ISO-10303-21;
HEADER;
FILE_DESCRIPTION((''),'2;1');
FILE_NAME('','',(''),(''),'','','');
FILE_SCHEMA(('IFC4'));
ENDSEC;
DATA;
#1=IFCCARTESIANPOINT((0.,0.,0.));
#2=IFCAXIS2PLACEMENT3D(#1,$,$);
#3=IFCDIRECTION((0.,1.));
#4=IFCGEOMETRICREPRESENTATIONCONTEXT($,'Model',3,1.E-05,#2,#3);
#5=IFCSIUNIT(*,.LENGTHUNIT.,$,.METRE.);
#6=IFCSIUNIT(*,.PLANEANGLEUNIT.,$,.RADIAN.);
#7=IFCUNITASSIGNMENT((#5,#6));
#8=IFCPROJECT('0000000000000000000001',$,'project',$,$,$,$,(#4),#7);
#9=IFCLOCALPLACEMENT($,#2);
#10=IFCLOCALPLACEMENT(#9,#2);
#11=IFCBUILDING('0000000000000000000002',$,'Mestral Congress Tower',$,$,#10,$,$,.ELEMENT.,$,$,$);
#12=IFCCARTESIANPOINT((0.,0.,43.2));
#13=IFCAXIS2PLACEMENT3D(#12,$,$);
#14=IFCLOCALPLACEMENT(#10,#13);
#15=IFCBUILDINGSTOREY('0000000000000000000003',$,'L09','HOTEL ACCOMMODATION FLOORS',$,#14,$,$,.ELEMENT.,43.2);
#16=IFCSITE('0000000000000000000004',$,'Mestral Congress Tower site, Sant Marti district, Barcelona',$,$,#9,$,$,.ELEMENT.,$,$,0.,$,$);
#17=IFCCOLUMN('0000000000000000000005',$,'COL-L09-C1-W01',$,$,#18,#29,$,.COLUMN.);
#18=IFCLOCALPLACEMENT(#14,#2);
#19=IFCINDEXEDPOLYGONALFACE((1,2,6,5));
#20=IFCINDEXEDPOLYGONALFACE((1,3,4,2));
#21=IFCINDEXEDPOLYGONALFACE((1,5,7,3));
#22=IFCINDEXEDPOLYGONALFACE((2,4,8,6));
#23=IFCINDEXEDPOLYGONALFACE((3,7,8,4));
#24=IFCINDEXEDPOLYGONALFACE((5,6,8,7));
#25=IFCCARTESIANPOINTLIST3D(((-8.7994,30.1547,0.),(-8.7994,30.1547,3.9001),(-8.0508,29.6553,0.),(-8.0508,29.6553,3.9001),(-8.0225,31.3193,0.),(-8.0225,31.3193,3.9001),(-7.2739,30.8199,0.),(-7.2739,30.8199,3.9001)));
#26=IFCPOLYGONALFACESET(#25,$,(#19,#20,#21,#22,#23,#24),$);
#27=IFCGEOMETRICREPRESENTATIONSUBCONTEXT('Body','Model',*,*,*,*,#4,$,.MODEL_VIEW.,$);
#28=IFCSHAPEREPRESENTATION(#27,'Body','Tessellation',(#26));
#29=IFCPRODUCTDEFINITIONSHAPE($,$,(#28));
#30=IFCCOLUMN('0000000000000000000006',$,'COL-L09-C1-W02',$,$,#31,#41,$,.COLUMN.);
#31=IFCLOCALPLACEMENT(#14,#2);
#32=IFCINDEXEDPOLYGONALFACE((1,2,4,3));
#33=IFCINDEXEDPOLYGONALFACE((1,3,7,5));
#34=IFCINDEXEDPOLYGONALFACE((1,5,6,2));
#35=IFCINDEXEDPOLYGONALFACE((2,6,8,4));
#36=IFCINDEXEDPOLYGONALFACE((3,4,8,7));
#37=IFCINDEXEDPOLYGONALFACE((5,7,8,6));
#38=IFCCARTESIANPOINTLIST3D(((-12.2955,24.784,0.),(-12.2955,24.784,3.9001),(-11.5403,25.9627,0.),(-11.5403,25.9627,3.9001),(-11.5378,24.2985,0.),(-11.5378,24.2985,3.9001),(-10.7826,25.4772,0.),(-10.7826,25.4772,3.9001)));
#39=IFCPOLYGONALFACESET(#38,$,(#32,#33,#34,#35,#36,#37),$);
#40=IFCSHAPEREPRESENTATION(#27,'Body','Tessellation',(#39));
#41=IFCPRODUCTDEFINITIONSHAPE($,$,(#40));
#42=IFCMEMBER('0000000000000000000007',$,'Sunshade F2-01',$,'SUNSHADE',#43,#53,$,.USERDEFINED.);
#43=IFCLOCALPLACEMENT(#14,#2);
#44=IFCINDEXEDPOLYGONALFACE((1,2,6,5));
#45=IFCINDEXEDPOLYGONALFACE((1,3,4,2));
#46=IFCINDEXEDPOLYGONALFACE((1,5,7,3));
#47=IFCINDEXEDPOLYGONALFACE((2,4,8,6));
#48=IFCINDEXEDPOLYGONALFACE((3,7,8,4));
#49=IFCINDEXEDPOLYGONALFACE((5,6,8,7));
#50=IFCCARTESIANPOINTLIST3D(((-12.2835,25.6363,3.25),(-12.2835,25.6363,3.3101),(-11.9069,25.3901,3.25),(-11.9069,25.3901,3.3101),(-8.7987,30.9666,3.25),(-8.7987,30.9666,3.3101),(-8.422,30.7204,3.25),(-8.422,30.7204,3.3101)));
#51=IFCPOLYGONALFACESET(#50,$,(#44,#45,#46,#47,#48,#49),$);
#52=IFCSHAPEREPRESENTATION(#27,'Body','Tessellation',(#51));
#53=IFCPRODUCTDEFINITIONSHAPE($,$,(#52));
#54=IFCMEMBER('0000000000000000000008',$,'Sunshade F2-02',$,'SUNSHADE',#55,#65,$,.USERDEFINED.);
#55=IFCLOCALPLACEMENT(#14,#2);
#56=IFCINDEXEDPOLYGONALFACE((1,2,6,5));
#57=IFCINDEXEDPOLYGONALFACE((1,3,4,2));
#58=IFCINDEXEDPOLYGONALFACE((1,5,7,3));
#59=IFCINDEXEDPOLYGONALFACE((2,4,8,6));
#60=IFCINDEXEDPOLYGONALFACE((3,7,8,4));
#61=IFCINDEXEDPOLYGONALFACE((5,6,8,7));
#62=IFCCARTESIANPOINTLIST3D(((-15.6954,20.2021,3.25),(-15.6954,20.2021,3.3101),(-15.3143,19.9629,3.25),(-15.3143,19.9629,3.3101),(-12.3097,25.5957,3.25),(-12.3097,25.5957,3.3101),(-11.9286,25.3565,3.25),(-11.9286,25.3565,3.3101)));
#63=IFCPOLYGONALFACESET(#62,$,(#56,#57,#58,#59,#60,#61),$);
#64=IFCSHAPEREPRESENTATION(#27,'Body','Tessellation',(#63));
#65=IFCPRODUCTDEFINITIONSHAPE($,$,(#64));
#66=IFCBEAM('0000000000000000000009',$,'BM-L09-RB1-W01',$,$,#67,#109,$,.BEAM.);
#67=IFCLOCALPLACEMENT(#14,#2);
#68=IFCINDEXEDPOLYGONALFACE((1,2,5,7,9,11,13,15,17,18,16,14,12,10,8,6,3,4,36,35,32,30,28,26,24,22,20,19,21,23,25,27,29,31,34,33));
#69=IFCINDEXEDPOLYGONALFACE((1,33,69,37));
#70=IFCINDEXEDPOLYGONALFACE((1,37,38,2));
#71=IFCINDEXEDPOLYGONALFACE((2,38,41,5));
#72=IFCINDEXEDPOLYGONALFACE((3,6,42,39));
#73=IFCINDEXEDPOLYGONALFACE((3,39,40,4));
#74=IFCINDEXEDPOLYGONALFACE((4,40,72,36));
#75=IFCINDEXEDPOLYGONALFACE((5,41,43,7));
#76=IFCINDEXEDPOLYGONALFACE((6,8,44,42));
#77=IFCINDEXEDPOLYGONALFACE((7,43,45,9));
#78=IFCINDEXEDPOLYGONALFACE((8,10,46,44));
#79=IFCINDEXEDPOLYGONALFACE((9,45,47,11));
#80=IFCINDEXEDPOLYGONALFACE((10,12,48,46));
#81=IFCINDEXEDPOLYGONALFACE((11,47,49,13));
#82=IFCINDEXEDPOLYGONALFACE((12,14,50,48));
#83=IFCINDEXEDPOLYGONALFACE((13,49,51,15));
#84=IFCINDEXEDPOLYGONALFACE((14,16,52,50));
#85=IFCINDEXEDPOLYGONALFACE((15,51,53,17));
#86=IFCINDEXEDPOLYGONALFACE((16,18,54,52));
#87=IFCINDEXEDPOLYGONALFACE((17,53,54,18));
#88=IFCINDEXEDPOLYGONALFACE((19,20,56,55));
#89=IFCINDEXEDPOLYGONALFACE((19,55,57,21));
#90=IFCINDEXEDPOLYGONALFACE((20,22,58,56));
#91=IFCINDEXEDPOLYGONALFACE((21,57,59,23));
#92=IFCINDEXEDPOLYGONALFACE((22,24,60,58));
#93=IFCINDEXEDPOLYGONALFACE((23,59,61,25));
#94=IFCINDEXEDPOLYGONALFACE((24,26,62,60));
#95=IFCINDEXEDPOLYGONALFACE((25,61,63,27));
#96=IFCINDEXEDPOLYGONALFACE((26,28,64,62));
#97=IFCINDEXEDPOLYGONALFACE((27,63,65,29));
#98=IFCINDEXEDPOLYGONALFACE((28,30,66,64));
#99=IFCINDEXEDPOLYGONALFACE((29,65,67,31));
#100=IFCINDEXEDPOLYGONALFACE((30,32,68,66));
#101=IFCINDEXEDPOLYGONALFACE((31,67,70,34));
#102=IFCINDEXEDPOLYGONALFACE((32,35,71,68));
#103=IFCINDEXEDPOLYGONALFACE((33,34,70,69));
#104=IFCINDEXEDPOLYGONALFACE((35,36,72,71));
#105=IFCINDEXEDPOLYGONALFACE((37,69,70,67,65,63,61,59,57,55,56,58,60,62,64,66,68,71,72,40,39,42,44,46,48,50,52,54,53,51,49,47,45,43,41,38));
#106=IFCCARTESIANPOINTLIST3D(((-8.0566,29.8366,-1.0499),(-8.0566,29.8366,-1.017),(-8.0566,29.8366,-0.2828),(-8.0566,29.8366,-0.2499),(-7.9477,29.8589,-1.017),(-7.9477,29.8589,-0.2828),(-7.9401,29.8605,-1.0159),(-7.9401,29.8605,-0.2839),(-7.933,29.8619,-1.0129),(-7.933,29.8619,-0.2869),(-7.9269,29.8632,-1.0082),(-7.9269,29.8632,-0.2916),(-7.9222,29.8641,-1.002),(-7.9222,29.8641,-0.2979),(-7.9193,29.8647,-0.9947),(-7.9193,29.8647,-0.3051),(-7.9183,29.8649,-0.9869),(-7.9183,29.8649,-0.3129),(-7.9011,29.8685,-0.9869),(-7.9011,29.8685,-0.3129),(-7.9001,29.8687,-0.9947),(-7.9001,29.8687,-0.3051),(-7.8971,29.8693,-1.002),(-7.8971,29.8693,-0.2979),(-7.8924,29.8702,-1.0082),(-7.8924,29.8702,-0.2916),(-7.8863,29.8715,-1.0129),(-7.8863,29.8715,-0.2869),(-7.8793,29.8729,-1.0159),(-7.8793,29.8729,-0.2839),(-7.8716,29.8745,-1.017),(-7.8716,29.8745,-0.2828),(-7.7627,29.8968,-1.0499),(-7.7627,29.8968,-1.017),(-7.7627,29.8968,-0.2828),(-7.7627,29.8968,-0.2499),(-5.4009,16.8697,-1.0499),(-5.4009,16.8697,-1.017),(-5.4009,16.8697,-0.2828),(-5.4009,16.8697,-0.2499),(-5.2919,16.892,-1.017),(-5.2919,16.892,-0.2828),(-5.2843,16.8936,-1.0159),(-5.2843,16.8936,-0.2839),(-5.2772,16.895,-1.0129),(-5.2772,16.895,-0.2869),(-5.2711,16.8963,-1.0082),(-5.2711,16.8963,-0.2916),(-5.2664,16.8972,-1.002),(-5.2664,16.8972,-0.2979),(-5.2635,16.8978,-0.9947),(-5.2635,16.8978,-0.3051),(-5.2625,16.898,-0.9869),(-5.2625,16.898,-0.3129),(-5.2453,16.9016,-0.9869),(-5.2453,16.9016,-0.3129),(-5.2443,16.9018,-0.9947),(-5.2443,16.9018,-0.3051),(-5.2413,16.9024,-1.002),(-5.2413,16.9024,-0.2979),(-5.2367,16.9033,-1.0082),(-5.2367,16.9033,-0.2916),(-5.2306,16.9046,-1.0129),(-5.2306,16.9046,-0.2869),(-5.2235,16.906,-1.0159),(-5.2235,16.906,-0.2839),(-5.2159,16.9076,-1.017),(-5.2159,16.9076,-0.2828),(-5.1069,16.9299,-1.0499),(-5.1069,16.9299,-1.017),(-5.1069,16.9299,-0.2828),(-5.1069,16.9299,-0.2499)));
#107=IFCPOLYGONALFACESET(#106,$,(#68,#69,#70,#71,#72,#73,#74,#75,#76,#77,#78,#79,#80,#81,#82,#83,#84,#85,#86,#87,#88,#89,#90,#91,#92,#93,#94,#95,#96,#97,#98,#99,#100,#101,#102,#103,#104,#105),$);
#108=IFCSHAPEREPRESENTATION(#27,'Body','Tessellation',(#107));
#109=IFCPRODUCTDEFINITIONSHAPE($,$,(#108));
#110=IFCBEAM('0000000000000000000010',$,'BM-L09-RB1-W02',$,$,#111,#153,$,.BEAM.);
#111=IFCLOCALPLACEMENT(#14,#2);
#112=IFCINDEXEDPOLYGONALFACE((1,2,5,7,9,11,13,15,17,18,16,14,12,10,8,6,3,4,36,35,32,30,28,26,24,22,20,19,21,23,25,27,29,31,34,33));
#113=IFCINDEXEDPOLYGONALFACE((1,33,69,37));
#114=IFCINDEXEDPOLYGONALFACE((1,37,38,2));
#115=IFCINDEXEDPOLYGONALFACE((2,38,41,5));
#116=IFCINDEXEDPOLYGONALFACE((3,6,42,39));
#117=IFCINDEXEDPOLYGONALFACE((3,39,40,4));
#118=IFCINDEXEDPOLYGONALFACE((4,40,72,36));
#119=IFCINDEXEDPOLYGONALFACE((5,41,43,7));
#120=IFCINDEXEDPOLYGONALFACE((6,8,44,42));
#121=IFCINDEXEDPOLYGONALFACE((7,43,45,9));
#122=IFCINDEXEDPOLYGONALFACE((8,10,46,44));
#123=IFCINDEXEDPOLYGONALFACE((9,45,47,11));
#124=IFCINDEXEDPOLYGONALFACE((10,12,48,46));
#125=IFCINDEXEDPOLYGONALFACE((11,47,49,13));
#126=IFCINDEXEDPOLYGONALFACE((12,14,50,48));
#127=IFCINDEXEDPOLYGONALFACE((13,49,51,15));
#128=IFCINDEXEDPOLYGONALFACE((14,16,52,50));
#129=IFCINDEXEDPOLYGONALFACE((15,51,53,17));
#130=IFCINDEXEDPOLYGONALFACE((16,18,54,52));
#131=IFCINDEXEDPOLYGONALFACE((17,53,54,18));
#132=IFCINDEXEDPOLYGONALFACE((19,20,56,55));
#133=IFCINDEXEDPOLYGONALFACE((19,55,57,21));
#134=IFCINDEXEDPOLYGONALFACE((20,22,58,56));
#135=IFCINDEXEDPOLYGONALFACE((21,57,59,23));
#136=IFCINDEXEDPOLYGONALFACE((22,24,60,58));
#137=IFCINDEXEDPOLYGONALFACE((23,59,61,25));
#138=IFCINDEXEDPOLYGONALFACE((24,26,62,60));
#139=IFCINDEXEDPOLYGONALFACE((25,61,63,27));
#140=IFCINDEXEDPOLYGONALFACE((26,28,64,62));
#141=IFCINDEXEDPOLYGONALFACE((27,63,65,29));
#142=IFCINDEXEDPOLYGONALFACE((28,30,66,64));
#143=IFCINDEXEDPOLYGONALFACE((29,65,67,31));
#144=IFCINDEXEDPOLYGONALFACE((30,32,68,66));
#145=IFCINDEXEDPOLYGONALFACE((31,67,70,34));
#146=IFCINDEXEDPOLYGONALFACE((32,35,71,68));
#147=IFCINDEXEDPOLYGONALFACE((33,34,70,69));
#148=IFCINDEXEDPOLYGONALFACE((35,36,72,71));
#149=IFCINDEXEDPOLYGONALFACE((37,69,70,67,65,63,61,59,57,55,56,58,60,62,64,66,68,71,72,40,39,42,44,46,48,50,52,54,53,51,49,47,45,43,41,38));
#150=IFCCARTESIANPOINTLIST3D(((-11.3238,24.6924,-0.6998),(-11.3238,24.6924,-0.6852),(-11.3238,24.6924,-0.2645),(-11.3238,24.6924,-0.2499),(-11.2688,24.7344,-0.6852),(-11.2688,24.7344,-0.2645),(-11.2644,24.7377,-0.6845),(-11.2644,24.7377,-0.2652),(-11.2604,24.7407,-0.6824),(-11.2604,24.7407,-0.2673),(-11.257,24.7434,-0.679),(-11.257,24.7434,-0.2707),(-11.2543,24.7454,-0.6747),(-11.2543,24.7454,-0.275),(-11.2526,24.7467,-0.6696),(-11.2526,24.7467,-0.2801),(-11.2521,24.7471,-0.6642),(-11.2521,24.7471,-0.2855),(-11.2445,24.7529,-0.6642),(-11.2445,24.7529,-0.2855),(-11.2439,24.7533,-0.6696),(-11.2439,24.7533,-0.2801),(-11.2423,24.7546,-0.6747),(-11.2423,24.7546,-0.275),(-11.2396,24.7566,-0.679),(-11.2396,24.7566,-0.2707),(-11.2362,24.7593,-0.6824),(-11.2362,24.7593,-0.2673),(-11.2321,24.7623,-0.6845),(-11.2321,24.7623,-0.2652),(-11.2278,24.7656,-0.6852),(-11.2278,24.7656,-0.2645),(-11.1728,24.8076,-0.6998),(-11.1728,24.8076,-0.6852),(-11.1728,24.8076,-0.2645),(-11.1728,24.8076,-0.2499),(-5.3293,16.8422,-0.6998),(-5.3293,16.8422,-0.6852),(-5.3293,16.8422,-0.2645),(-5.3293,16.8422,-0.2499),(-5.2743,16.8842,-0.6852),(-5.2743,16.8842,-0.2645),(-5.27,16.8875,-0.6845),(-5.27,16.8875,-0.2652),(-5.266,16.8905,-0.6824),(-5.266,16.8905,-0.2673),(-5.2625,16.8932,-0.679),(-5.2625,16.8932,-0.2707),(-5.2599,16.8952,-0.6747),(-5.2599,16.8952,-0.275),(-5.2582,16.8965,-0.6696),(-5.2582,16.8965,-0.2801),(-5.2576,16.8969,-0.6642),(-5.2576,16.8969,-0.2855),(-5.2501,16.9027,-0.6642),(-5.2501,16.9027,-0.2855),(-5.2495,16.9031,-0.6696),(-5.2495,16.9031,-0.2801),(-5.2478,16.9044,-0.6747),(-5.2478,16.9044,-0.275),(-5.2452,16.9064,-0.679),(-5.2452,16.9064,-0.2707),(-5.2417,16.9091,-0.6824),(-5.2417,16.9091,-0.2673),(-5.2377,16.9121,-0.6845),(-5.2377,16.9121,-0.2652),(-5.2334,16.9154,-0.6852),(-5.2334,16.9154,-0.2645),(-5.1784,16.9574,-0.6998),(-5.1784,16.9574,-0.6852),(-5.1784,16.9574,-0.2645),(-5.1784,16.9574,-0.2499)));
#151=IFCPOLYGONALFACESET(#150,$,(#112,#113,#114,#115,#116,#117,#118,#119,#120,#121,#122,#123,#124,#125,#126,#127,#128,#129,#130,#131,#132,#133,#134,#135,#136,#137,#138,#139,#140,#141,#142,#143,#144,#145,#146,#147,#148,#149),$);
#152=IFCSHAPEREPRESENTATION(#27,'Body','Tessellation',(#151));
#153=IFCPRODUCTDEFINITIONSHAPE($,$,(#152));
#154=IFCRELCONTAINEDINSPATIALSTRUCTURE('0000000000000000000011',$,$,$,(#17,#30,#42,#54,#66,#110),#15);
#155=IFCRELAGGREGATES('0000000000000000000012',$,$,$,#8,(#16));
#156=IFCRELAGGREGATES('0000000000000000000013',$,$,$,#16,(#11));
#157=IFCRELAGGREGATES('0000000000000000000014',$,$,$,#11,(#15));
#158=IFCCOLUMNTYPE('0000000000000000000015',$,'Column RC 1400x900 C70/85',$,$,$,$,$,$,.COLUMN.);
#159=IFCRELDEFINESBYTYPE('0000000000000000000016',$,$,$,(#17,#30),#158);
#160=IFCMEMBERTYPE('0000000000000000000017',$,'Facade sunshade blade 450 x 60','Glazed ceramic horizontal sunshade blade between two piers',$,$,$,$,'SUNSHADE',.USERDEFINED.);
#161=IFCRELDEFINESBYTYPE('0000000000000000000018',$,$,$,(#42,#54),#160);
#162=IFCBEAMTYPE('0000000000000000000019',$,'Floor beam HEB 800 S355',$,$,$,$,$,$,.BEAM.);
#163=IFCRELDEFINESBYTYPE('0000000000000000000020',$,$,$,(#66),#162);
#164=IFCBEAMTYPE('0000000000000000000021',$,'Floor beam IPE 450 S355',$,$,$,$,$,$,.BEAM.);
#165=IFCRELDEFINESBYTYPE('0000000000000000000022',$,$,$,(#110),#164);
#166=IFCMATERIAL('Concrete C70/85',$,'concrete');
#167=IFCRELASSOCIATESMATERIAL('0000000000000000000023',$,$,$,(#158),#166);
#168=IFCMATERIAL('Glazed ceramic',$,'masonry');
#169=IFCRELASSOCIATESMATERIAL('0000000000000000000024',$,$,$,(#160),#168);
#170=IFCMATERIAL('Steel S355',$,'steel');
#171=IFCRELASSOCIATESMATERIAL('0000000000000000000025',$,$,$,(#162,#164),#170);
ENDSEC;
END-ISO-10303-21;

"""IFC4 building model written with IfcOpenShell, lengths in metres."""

from ifc_helpers import new_model, si_unit, direction, frame, origin, origin_2d, place, context, subcontext, project, spatial, rectangle, i_section, extrude, material, material_profile, profile_set, type_object, element, save


model = new_model("IFC4")

# Units and contexts
model_context = context("Model", 3, precision=1e-05, world=origin(), true_north=direction((0.0, 1.0)))
body_context = subcontext(model_context, "Body", "Model", "MODEL_VIEW")
ifc_project = project(units=[si_unit("LENGTHUNIT", "METRE"), si_unit("PLANEANGLEUNIT", "RADIAN")], contexts=[model_context])

# Site, building, storey
site_placement = place(None, origin())
site = spatial("IfcSite", under=ifc_project, at=site_placement, Name="Mestral Congress Tower site, Sant Marti district, Barcelona", CompositionType="ELEMENT", RefElevation=0.0)
building_placement = place(site_placement, origin())
building = spatial("IfcBuilding", under=site, at=building_placement, Name="Mestral Congress Tower", CompositionType="ELEMENT")
storey_placement = place(building_placement, frame((0.0, 0.0, 43.2)))
storey = spatial("IfcBuildingStorey", under=building, at=storey_placement, Name="L09", Description="HOTEL ACCOMMODATION FLOORS", CompositionType="ELEMENT", Elevation=43.2)

# Columns
ifc_material_1 = material(Name="Concrete C70/85", Category="concrete")
ifc_material_profile_1 = material_profile(ifc_material_1, rectangle(XDim=1.3999, YDim=0.8999, at=origin_2d()), Name="RC 1400x900")
ifc_profile_set_1 = profile_set([ifc_material_profile_1], Name="Concrete C70/85")
column_type = type_object("IfcColumnType", Name="Column RC 1400x900 C70/85", PredefinedType="COLUMN", material=ifc_profile_set_1)
for number, where, z_axis, x_axis, name in (
    (1, (-8.0366, 30.4873, 0.0), (0.0, 0.0, 1.0), (-0.554949, -0.831884, 0.0), "COL-L09-C1-W01"),
    (2, (-11.5391, 25.1306, 0.0), (0.0, 0.0, 1.0), (-0.539476, -0.842001, 0.0), "COL-L09-C1-W02"),
):
    element("IfcColumn", number, at=place(storey_placement, frame(where, z_axis=z_axis, x_axis=x_axis)), inside=storey, type_object=column_type, Name=name, PredefinedType="COLUMN", context=body_context, shape_type="SweptSolid", body=[
        extrude(rectangle(XDim=1.3999, YDim=0.8999, at=origin_2d()), origin(), (0.0, 0.0, 1.0), 3.9001),
    ])

# Members
ifc_material_2 = material(Name="Glazed ceramic", Category="masonry")
ifc_material_profile_2 = material_profile(ifc_material_2, rectangle(XDim=0.45, YDim=0.0601, at=origin_2d()), Name="Ceramic blade 450 x 60")
ifc_profile_set_2 = profile_set([ifc_material_profile_2], Name="Glazed ceramic")
member_type = type_object("IfcMemberType", Name="Facade sunshade blade 450 x 60", Description="Glazed ceramic horizontal sunshade blade between two piers", ElementType="SUNSHADE", PredefinedType="USERDEFINED", material=ifc_profile_set_2)
member_1_placement = place(storey_placement, frame((-8.6104, 30.8435, 3.28), z_axis=(-0.547211, -0.836995, 0.0), x_axis=(0.836995, -0.547211, 0.0)))
element("IfcMember", 3, at=member_1_placement, inside=storey, type_object=member_type, Name="Sunshade F2-01", ObjectType="SUNSHADE", PredefinedType="USERDEFINED", context=body_context, shape_type="SweptSolid", body=[
    extrude(rectangle(XDim=0.45, YDim=0.0601, at=origin_2d()), origin(), (0.0, 0.0, 1.0), 6.3684),
])
member_2_placement = place(storey_placement, frame((-12.1191, 25.4761, 3.28), z_axis=(-0.531666, -0.846954, 0.0), x_axis=(0.846954, -0.531666, 0.0)))
element("IfcMember", 4, at=member_2_placement, inside=storey, type_object=member_type, Name="Sunshade F2-02", ObjectType="SUNSHADE", PredefinedType="USERDEFINED", context=body_context, shape_type="SweptSolid", body=[
    extrude(rectangle(XDim=0.45, YDim=0.0601, at=origin_2d()), origin(), (0.0, 0.0, 1.0), 6.3682),
])

# Beams
ifc_material_3 = material(Name="Steel S355", Category="steel")
ifc_material_profile_3 = material_profile(ifc_material_3, i_section(OverallWidth=0.3, OverallDepth=0.8, WebThickness=0.0176, FlangeThickness=0.033, FilletRadius=0.03, at=origin_2d()), Name="HEB 800")
ifc_profile_set_3 = profile_set([ifc_material_profile_3], Name="Steel S355")
beam_type_1 = type_object("IfcBeamType", Name="Floor beam HEB 800 S355", PredefinedType="BEAM", material=ifc_profile_set_3)
beam_1_placement = place(storey_placement, frame((-7.9097, 29.8667, -0.6499), z_axis=(0.200647, -0.979664, 0.0), x_axis=(0.979664, 0.200647, 0.0)))
element("IfcBeam", 5, at=beam_1_placement, inside=storey, type_object=beam_type_1, Name="BM-L09-RB1-W01", PredefinedType="BEAM", context=body_context, shape_type="SweptSolid", body=[
    extrude(i_section(OverallWidth=0.3, OverallDepth=0.8, WebThickness=0.0176, FlangeThickness=0.033, FilletRadius=0.03, at=origin_2d()), origin(), (0.0, 0.0, 1.0), 13.2361),
])
ifc_material_profile_4 = material_profile(ifc_material_3, i_section(OverallWidth=0.1899, OverallDepth=0.45, WebThickness=0.0095, FlangeThickness=0.0146, FilletRadius=0.021, at=origin_2d()), Name="IPE 450")
ifc_profile_set_4 = profile_set([ifc_material_profile_4], Name="Steel S355")
beam_type_2 = type_object("IfcBeamType", Name="Floor beam IPE 450 S355", PredefinedType="BEAM", material=ifc_profile_set_4)
beam_2_placement = place(storey_placement, frame((-11.2483, 24.75, -0.4749), z_axis=(0.606899, -0.794779, 0.0), x_axis=(0.794779, 0.606899, 0.0)))
element("IfcBeam", 6, at=beam_2_placement, inside=storey, type_object=beam_type_2, Name="BM-L09-RB1-W02", PredefinedType="BEAM", context=body_context, shape_type="SweptSolid", body=[
    extrude(i_section(OverallWidth=0.1899, OverallDepth=0.45, WebThickness=0.0095, FlangeThickness=0.0146, FilletRadius=0.021, at=origin_2d()), origin(), (0.0, 0.0, 1.0), 9.8772),
])

save(model, "model.ifc")
